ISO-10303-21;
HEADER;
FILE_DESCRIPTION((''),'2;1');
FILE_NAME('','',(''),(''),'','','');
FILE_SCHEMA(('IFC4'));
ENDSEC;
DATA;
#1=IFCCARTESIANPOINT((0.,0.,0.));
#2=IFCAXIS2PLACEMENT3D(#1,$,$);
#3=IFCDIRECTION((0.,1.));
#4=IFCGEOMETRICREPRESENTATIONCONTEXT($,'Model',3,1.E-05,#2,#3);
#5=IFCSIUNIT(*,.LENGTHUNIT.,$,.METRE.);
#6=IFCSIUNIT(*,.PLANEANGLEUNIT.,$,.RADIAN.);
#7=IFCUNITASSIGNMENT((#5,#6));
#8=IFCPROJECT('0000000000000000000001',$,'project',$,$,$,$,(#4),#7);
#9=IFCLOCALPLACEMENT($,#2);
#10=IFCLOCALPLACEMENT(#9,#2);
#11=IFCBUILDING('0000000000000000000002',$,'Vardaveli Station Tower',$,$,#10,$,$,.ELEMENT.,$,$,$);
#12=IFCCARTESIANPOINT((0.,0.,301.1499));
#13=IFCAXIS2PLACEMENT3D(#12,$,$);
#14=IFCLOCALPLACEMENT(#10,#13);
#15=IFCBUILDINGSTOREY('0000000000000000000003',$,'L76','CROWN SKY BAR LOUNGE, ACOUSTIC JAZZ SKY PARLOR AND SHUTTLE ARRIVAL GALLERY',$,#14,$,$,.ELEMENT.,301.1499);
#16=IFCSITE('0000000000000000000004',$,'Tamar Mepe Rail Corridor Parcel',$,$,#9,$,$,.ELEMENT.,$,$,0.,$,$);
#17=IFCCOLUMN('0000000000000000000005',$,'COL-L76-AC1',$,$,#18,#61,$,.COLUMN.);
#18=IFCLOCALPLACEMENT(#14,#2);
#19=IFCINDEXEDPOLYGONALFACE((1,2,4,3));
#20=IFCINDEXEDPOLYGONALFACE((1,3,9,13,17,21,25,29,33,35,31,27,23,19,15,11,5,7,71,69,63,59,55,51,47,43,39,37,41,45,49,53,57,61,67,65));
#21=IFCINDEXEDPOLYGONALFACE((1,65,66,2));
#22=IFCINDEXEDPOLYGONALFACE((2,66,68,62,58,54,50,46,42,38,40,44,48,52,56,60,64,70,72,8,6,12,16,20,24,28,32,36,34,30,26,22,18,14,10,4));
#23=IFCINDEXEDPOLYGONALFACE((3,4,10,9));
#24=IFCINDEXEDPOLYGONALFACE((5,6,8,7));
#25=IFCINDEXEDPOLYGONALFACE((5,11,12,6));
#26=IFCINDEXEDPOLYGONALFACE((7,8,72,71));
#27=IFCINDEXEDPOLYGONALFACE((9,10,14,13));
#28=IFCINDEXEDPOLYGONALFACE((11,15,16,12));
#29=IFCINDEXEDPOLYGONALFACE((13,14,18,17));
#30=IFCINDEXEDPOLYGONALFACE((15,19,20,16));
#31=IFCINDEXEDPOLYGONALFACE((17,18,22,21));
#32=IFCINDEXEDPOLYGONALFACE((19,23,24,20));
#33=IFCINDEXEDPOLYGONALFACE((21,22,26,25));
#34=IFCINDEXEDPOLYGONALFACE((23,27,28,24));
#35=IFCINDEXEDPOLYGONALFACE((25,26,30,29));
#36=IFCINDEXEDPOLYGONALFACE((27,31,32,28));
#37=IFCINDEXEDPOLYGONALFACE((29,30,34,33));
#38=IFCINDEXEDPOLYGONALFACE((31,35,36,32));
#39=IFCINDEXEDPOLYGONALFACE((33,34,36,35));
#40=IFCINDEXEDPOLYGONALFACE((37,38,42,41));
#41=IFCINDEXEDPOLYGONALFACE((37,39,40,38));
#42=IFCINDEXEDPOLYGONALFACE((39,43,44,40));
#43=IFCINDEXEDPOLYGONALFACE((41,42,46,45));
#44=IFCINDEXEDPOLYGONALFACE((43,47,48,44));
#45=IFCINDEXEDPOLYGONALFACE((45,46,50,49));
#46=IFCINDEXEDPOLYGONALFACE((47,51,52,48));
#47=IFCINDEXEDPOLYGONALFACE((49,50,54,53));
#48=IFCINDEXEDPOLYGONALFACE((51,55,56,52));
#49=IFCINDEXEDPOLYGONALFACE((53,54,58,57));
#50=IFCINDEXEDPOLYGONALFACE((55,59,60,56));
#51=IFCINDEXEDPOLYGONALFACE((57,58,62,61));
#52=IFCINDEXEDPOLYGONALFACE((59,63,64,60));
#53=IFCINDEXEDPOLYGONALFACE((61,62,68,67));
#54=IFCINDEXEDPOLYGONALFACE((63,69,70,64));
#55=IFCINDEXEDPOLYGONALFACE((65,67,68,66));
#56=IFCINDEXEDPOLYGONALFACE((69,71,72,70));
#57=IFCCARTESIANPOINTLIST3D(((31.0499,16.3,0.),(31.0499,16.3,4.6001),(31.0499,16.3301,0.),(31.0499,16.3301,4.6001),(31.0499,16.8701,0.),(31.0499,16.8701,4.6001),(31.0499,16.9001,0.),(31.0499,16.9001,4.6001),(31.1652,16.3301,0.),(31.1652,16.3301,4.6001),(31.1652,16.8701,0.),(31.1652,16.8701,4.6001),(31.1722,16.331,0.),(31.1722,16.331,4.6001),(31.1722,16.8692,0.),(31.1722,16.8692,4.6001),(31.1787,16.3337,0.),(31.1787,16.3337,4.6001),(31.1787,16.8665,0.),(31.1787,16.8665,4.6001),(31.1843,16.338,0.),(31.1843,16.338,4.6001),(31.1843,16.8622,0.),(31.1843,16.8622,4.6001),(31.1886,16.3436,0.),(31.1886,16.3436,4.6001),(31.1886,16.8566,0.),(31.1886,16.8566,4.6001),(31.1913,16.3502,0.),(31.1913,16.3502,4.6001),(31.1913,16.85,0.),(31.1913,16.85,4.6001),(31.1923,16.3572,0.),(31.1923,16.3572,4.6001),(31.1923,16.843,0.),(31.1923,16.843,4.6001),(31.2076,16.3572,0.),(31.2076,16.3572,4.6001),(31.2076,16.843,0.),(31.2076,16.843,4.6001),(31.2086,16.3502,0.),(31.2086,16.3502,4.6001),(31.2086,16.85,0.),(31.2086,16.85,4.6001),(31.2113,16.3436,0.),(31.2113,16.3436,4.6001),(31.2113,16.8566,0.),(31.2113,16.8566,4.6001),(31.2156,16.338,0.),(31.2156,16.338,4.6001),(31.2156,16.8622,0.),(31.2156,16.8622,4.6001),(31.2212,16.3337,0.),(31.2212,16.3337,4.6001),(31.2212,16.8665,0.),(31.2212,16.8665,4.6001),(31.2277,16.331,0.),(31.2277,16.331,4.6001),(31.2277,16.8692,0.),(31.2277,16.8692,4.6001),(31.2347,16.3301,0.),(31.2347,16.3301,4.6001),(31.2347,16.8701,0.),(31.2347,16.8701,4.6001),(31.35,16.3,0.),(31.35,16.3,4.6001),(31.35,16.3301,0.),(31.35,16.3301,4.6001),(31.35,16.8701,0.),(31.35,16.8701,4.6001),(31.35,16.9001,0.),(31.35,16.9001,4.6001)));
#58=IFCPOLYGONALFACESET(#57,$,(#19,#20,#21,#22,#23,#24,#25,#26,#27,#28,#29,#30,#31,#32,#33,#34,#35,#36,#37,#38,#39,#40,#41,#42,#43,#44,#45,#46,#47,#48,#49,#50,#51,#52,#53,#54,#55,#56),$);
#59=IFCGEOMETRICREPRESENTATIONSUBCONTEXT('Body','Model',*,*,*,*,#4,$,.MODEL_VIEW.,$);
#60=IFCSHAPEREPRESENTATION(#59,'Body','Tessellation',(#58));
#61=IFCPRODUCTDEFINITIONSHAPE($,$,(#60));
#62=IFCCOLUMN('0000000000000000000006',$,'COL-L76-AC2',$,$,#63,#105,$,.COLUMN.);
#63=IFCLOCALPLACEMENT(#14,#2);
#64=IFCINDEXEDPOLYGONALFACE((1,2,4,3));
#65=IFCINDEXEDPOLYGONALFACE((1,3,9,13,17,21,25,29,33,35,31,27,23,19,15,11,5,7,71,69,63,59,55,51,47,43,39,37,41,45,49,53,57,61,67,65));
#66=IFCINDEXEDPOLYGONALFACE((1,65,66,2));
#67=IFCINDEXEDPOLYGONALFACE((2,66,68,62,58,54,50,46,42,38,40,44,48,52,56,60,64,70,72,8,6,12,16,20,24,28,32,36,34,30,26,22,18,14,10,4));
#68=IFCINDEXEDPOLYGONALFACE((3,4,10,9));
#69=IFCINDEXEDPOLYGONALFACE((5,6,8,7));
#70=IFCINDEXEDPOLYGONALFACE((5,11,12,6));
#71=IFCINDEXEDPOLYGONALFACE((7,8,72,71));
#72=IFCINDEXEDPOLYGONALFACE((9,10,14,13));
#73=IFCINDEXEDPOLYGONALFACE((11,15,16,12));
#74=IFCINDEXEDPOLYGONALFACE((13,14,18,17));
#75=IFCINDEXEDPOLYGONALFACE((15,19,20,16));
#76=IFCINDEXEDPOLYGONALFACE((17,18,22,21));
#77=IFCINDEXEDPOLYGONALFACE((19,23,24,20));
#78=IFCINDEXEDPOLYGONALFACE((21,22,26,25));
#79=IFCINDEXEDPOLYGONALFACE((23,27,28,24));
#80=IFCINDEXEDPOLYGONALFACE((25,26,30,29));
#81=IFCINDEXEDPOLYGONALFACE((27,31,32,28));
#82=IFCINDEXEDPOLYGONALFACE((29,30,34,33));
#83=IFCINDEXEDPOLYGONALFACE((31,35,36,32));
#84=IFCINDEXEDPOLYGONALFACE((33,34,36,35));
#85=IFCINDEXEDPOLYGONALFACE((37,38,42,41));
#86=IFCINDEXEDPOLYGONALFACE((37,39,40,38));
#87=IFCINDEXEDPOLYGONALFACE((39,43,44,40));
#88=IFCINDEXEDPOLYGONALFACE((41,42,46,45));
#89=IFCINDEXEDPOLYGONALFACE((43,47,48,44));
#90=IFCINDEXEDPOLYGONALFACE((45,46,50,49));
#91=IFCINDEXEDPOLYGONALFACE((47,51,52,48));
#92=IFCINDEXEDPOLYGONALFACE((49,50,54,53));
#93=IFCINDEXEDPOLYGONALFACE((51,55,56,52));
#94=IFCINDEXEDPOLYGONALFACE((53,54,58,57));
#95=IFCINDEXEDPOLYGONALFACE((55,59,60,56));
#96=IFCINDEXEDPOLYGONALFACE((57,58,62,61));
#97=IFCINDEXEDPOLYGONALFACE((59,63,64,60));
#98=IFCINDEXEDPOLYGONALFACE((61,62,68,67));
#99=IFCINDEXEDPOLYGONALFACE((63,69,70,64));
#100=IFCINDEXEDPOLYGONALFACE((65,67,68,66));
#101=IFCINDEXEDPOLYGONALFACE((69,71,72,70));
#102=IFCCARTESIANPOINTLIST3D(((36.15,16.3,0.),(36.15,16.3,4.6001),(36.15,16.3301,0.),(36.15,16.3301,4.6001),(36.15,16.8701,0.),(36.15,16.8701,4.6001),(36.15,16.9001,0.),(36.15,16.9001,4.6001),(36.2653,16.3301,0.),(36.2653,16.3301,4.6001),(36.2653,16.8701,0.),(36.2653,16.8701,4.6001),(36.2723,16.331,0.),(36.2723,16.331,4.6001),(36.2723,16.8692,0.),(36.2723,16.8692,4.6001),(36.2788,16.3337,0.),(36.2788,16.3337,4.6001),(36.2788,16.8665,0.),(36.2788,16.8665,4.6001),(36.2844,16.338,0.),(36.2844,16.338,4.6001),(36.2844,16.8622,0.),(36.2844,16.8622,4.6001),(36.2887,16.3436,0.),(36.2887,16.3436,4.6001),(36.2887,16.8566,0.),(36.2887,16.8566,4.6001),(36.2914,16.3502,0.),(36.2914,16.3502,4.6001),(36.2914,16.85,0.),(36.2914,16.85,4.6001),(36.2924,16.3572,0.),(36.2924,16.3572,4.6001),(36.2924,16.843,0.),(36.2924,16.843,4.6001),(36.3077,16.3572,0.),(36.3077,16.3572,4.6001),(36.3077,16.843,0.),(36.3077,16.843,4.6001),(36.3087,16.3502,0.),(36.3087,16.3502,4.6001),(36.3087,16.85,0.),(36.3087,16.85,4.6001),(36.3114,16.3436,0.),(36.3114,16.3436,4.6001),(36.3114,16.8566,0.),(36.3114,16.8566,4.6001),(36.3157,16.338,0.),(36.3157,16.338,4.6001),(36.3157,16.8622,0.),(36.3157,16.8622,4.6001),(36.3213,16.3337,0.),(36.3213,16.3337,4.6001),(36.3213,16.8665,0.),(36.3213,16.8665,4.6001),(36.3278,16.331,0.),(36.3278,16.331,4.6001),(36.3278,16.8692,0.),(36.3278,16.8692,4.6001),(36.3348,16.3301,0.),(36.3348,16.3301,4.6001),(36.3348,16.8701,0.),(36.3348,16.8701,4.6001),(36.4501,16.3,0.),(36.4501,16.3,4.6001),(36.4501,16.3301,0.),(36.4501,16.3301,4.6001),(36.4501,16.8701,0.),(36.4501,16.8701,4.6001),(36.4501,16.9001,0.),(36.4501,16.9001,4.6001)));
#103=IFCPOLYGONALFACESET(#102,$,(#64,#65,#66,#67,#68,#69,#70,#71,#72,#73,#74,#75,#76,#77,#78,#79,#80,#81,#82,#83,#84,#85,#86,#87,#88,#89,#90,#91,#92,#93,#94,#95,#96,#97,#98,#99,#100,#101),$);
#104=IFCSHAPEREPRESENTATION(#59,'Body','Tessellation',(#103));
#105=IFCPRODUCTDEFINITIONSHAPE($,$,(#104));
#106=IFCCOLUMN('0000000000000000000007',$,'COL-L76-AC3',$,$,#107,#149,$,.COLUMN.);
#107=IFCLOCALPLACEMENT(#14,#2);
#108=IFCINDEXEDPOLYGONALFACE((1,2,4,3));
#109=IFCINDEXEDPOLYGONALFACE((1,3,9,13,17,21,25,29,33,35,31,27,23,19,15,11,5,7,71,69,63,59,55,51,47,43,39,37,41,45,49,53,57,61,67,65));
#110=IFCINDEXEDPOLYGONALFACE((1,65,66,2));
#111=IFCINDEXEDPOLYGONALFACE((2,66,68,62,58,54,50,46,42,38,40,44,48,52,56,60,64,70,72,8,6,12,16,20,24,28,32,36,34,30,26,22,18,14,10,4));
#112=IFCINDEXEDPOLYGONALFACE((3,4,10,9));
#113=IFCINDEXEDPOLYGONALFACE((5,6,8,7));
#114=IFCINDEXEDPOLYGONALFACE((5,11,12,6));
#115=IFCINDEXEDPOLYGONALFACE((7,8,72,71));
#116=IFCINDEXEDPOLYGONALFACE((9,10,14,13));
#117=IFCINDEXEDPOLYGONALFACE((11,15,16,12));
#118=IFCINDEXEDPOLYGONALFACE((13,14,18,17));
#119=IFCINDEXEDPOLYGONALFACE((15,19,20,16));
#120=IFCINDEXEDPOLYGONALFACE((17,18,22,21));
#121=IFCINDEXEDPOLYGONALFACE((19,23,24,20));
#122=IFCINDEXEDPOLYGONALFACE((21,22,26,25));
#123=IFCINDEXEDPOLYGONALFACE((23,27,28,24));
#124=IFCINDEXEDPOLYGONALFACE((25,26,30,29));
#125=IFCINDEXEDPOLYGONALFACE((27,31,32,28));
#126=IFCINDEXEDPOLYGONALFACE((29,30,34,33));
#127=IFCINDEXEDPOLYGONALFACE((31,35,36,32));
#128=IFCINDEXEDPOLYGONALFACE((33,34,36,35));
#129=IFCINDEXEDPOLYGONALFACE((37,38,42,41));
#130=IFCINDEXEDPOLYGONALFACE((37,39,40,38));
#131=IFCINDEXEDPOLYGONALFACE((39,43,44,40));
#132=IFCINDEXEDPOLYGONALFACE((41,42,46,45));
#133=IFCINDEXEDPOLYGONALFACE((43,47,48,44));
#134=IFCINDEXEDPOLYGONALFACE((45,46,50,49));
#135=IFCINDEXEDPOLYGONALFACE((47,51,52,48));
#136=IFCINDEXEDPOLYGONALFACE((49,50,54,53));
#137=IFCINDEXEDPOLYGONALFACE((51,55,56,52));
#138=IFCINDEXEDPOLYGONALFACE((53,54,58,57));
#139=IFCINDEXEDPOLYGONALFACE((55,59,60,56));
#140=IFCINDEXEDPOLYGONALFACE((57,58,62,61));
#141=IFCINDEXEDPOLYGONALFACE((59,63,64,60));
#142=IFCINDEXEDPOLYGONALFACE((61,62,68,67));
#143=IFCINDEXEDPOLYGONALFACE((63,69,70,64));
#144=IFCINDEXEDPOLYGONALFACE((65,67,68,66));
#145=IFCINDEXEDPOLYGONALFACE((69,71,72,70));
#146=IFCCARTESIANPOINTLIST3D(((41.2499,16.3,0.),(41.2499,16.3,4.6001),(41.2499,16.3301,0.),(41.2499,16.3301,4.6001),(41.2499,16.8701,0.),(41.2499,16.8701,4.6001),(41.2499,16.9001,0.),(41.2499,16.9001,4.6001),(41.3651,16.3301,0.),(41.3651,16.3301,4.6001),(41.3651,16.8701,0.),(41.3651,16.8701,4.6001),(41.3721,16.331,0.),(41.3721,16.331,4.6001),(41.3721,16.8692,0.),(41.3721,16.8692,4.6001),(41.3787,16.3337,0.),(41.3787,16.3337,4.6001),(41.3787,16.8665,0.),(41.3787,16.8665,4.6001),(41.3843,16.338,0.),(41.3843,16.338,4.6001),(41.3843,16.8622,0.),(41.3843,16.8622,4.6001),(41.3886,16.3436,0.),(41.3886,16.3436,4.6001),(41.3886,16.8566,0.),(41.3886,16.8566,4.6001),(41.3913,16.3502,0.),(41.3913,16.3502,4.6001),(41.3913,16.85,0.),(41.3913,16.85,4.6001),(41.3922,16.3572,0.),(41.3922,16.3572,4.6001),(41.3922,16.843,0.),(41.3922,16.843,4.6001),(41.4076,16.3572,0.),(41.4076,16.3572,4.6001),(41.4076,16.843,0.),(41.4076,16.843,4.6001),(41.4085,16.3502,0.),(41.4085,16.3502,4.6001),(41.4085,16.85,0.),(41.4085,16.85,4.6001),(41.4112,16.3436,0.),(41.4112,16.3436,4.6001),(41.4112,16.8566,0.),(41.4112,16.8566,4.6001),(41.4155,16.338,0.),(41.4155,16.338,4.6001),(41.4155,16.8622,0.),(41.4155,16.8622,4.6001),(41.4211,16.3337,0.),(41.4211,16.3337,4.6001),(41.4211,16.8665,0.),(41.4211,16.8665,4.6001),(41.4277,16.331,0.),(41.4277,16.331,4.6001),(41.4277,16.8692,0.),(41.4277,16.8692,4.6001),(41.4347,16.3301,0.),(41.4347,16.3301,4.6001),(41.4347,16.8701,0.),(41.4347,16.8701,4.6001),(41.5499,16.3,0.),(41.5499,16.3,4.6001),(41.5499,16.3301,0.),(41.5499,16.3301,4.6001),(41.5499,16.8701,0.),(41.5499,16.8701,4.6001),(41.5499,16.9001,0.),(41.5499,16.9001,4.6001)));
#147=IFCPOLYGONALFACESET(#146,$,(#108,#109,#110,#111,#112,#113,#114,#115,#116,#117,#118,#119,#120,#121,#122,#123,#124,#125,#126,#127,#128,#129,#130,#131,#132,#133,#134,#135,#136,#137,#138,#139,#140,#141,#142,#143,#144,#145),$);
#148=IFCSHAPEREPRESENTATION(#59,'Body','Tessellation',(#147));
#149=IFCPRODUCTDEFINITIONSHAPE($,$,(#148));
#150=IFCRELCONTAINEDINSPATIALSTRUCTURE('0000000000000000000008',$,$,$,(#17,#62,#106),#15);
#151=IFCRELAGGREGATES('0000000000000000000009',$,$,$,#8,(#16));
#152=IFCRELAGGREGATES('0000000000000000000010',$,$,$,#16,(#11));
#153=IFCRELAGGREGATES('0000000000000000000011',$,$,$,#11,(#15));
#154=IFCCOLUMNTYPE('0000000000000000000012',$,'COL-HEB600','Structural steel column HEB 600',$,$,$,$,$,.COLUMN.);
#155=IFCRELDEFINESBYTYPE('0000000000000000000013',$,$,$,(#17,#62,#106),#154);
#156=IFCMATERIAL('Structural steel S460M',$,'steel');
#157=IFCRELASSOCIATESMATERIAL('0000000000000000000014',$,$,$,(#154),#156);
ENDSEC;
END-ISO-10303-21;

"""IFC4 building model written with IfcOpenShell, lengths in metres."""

from ifc_helpers import new_model, si_unit, direction, frame, origin, origin_2d, place, context, subcontext, project, spatial, i_section, extrude, source, transform, mapped, material, material_profile, profile_set, type_object, element, save


model = new_model("IFC4")

# Units and contexts
model_context = context("Model", 3, precision=1e-05, world=origin(), true_north=direction((0.0, 1.0)))
body_context = subcontext(model_context, "Body", "Model", "MODEL_VIEW")
ifc_project = project(units=[si_unit("LENGTHUNIT", "METRE"), si_unit("PLANEANGLEUNIT", "RADIAN")], contexts=[model_context])

# Site, building, storey
site_placement = place(None, origin())
site = spatial("IfcSite", under=ifc_project, at=site_placement, Name="Tamar Mepe Rail Corridor Parcel", CompositionType="ELEMENT", RefElevation=0.0)
building_placement = place(site_placement, origin())
building = spatial("IfcBuilding", under=site, at=building_placement, Name="Vardaveli Station Tower", CompositionType="ELEMENT")
storey_placement = place(building_placement, frame((0.0, 0.0, 301.1499)))
storey = spatial("IfcBuildingStorey", under=building, at=storey_placement, Name="L76", Description="CROWN SKY BAR LOUNGE, ACOUSTIC JAZZ SKY PARLOR AND SHUTTLE ARRIVAL GALLERY", CompositionType="ELEMENT", Elevation=301.1499)

# Columns
ifc_material_1 = material(Name="Structural steel S460M", Category="steel")
ifc_material_profile_1 = material_profile(ifc_material_1, i_section(OverallWidth=0.3, OverallDepth=0.6001, WebThickness=0.0154, FlangeThickness=0.03, FilletRadius=0.0271, at=origin_2d()), Name="HEB 600")
ifc_profile_set_1 = profile_set([ifc_material_profile_1], Name="Structural steel S460M")
column_type_1 = type_object("IfcColumnType", Name="COL-HEB600", Description="Structural steel column HEB 600", PredefinedType="COLUMN", material=ifc_profile_set_1)
shared_shape_1 = source(origin(), body_context, "Body", "SweptSolid", [
    extrude(i_section(OverallWidth=0.3, OverallDepth=0.6001, WebThickness=0.0154, FlangeThickness=0.03, FilletRadius=0.0271, at=origin_2d()), origin(), (0.0, 0.0, 1.0), 4.6001),
])
for number, where, z_axis, x_axis, name in (
    (1, (31.2, 16.6001, 0.0), (0.0, 0.0, 1.0), (1.0, 0.0, 0.0), "COL-L76-AC1"),
    (2, (36.3, 16.6001, 0.0), (0.0, 0.0, 1.0), (1.0, 0.0, 0.0), "COL-L76-AC2"),
    (3, (41.3999, 16.6001, 0.0), (0.0, 0.0, 1.0), (1.0, 0.0, 0.0), "COL-L76-AC3"),
):
    element("IfcColumn", number, at=place(storey_placement, frame(where, z_axis=z_axis, x_axis=x_axis)), inside=storey, type_object=column_type_1, Name=name, PredefinedType="COLUMN", context=body_context, shape_type="MappedRepresentation", body=[
        mapped(shared_shape_1, transform((0.0, 0.0, 0.0), scale=1.0)),
    ])

save(model, "model.ifc")
